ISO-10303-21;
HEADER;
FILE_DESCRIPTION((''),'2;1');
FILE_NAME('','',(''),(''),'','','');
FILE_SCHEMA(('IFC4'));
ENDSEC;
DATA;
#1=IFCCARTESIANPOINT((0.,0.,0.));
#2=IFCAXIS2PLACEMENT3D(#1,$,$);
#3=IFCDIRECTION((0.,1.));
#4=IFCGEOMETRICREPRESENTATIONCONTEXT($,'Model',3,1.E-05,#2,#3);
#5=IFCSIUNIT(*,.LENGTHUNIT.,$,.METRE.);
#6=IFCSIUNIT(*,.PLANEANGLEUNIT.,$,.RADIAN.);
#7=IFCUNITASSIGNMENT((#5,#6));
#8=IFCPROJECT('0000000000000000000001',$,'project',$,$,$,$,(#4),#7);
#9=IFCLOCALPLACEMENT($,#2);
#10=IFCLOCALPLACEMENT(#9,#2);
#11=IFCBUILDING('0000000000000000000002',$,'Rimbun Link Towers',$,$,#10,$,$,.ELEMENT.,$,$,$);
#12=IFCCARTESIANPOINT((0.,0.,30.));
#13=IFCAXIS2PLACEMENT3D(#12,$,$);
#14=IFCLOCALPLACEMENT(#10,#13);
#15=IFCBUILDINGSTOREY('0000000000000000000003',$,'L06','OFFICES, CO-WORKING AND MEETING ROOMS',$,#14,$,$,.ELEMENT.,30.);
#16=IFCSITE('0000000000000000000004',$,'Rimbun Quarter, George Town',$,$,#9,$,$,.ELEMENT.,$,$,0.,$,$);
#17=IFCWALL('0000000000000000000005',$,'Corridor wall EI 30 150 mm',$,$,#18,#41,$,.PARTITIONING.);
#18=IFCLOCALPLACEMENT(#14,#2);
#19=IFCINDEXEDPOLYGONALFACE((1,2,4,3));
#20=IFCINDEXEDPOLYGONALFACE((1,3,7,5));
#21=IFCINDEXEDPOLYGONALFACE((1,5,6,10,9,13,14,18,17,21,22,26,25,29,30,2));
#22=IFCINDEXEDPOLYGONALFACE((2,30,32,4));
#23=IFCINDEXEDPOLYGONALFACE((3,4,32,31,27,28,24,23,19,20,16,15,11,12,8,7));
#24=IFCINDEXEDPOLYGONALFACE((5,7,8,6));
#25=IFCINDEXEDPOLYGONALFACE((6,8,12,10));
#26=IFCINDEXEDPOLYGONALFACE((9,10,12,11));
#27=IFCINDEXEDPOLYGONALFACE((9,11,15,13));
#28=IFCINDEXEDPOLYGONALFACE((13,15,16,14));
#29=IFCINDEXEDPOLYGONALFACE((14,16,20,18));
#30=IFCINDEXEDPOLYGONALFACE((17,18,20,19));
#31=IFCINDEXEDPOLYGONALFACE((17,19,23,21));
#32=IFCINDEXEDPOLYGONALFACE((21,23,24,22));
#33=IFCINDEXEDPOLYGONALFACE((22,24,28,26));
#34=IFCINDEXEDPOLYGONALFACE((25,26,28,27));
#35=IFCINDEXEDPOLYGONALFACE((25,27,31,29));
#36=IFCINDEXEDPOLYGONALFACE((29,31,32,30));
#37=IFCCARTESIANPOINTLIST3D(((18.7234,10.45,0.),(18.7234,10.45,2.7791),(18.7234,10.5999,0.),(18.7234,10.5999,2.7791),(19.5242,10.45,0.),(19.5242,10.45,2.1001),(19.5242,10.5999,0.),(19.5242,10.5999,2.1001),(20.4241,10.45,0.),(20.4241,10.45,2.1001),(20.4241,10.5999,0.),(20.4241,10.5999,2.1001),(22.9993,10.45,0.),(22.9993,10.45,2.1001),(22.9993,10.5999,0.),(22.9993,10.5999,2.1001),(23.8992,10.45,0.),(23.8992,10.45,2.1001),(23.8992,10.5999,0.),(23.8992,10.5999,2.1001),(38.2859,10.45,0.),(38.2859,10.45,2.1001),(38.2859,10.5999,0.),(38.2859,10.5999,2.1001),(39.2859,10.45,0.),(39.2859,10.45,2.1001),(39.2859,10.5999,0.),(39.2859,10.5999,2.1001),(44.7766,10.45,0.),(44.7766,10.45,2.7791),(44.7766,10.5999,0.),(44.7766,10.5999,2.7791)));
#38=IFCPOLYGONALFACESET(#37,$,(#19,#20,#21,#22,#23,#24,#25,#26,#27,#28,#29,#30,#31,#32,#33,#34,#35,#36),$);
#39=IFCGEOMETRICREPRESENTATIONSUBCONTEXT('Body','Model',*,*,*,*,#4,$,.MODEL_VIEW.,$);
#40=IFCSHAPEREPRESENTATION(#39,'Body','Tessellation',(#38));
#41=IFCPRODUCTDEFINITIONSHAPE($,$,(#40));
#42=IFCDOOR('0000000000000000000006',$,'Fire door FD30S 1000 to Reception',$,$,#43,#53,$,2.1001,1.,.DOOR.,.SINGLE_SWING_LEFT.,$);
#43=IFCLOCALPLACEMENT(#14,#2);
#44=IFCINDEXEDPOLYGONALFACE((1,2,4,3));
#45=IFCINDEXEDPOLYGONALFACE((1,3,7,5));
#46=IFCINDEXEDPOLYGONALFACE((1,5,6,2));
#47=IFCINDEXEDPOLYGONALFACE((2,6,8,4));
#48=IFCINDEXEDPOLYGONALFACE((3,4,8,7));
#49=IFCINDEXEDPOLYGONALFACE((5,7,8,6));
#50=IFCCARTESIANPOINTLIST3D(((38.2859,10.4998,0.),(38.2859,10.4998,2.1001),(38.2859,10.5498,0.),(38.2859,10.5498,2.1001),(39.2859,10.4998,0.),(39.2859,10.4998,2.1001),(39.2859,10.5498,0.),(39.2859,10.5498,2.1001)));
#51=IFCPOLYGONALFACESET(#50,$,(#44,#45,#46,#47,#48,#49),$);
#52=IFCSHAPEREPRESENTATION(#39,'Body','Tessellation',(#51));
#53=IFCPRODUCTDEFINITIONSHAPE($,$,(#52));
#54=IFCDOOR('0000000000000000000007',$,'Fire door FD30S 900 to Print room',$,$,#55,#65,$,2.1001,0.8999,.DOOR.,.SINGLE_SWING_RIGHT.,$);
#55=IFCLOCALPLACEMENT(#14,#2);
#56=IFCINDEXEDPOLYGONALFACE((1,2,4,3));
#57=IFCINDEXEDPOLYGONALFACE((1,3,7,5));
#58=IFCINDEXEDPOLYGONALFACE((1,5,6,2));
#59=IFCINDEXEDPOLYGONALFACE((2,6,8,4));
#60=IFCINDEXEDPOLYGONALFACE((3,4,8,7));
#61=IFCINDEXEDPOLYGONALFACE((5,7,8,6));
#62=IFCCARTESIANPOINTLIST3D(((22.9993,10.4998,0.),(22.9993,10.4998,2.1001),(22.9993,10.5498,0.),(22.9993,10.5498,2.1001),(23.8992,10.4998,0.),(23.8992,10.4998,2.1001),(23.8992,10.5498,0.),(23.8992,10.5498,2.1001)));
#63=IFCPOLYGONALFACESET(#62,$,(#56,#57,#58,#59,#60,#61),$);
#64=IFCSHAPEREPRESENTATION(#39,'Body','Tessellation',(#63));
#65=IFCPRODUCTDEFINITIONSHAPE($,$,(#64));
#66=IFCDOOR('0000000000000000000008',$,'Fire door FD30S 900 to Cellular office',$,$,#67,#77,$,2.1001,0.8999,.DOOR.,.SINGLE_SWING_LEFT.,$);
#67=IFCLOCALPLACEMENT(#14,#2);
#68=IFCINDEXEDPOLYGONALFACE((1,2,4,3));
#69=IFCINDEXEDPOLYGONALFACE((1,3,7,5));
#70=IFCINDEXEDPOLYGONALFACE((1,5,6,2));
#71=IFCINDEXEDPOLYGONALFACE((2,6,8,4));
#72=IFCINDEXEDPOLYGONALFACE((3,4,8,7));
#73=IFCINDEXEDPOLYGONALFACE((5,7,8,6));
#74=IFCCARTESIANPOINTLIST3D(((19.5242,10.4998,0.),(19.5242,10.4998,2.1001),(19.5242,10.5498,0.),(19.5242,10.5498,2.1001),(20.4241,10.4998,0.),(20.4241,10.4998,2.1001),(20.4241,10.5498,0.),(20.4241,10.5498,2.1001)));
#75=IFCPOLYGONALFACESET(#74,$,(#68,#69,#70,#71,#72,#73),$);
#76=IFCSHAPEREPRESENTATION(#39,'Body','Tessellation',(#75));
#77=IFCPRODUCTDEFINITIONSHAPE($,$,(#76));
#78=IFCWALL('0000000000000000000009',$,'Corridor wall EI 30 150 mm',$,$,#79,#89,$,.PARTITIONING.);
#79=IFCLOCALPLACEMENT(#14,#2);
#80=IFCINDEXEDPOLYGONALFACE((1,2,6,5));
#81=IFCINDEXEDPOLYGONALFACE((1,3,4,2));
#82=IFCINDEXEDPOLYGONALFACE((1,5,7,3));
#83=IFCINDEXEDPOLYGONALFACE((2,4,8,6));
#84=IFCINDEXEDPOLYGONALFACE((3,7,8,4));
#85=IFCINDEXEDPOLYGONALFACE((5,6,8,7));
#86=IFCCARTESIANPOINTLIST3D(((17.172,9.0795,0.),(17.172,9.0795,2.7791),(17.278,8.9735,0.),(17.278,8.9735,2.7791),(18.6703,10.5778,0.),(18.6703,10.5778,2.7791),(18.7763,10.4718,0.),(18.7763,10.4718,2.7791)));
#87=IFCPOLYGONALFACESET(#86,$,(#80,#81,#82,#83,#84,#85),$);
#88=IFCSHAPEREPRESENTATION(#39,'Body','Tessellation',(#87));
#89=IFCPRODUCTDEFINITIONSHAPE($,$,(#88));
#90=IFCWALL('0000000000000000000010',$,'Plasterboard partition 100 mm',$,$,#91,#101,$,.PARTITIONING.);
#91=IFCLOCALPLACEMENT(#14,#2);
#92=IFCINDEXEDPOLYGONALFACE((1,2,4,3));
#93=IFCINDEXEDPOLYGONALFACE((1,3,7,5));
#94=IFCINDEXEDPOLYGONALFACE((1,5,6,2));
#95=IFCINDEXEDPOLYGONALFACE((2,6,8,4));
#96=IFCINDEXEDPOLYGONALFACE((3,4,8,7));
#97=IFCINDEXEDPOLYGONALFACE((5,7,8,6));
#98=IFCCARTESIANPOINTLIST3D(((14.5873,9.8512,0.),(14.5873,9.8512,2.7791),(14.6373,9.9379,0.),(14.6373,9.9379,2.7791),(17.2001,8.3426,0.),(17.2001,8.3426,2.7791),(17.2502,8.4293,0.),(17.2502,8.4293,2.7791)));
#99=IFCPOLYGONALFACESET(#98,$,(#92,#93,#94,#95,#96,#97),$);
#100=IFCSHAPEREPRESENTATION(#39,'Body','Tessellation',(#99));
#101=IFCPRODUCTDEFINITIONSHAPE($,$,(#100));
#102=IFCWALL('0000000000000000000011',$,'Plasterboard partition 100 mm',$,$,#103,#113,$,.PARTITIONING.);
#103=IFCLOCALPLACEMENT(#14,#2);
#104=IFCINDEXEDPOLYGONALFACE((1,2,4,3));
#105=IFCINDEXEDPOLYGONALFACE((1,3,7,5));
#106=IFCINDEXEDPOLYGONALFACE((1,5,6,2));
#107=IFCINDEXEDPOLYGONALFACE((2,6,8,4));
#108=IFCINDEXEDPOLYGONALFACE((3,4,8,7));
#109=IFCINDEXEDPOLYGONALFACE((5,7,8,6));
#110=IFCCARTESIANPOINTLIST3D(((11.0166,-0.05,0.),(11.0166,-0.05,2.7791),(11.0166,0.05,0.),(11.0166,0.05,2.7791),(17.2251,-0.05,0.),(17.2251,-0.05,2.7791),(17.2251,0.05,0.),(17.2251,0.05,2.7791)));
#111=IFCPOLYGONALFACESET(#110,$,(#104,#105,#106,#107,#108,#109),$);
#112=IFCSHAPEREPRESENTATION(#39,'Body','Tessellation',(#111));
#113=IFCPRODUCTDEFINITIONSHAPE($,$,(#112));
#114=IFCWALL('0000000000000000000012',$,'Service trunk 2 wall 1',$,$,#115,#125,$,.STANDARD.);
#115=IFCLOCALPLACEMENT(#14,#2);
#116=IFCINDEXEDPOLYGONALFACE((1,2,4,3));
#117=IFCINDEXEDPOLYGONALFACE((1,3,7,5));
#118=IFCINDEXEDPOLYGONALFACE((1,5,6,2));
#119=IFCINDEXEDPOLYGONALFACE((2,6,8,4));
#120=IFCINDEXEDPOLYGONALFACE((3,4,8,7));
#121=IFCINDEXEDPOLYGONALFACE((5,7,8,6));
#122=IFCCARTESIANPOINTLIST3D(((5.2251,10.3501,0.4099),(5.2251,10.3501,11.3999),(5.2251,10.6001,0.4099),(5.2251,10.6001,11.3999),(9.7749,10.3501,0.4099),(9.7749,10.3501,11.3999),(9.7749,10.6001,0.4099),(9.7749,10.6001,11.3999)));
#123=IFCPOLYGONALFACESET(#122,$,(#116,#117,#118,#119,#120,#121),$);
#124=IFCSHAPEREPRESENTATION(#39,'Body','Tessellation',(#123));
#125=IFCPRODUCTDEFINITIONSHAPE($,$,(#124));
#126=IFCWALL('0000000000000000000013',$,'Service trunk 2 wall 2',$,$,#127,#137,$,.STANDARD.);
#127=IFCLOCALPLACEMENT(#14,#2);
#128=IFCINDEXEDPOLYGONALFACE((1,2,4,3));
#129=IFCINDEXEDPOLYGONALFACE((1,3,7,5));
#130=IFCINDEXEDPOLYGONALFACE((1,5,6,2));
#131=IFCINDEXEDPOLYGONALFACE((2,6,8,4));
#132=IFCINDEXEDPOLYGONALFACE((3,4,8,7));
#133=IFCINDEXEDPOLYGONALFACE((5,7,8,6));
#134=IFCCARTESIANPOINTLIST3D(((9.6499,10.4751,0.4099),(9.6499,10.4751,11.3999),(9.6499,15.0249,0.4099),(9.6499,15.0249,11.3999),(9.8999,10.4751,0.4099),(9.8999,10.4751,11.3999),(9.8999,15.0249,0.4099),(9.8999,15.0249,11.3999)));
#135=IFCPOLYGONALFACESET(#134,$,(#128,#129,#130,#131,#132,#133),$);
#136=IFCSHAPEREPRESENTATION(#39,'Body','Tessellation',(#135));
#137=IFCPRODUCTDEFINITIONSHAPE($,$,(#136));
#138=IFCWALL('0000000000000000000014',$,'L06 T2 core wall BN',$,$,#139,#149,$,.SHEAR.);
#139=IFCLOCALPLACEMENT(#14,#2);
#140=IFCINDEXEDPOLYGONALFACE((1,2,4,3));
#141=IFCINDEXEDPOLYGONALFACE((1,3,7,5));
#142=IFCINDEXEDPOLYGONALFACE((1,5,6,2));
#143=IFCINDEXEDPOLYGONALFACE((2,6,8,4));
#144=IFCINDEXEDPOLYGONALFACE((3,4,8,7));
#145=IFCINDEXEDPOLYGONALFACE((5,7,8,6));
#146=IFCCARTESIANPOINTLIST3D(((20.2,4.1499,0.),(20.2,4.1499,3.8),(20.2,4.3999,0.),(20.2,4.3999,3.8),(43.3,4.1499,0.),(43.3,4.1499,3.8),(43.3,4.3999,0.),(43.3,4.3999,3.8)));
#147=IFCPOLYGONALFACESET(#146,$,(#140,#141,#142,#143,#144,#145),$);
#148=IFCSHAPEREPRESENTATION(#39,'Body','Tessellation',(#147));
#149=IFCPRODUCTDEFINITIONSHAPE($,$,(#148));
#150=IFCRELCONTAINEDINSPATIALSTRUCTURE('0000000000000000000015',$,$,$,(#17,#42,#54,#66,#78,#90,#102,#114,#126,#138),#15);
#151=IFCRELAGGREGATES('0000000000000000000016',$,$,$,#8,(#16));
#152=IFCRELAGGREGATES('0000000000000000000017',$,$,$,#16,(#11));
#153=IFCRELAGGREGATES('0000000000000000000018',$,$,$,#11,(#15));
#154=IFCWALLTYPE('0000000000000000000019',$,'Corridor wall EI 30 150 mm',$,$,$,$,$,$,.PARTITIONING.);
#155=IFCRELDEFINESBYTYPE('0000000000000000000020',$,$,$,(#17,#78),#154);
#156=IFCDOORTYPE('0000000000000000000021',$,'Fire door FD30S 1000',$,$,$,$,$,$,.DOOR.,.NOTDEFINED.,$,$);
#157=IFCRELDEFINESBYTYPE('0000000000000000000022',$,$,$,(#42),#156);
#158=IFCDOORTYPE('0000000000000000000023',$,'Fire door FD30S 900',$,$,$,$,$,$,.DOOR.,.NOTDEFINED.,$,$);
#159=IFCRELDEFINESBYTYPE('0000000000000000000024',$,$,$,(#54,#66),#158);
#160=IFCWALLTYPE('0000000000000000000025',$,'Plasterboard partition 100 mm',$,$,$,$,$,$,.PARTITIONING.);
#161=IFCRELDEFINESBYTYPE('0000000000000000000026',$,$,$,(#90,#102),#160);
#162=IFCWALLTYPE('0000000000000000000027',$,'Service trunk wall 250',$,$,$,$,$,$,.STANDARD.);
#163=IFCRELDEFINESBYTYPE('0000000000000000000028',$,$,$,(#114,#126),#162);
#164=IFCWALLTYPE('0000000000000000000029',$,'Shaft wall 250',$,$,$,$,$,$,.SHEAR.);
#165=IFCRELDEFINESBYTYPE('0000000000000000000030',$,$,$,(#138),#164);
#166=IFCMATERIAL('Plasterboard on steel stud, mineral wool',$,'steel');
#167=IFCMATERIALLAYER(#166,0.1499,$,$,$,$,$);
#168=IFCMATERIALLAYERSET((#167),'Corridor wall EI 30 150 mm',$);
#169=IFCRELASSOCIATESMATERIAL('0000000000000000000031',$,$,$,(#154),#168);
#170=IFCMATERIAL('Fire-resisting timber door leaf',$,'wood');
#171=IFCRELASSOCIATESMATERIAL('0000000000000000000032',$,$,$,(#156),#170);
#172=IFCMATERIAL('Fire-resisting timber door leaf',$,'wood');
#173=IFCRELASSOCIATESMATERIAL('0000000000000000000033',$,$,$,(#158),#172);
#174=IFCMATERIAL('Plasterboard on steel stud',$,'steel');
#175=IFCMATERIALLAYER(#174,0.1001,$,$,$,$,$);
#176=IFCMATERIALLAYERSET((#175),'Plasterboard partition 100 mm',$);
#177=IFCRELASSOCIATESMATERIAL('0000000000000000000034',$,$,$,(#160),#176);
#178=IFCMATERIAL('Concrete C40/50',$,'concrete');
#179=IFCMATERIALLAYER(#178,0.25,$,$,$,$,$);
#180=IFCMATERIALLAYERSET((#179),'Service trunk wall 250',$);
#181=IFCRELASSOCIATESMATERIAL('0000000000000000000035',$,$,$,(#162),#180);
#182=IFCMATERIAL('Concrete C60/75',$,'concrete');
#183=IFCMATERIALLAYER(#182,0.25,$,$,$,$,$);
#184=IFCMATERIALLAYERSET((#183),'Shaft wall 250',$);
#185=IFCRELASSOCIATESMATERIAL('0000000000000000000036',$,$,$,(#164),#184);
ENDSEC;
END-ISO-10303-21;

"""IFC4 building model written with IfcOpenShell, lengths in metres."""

from ifc_helpers import new_model, si_unit, direction, frame, frame_2d, origin, place, context, subcontext, project, spatial, rectangle, extrude, material, layer, layer_set, type_object, element, fill, save


model = new_model("IFC4")

# Units and contexts
model_context = context("Model", 3, precision=1e-05, world=origin(), true_north=direction((0.0, 1.0)))
body_context = subcontext(model_context, "Body", "Model", "MODEL_VIEW")
ifc_project = project(units=[si_unit("LENGTHUNIT", "METRE"), si_unit("PLANEANGLEUNIT", "RADIAN")], contexts=[model_context])

# Site, building, storey
site_placement = place(None, origin())
site = spatial("IfcSite", under=ifc_project, at=site_placement, Name="Rimbun Quarter, George Town", CompositionType="ELEMENT", RefElevation=0.0)
building_placement = place(site_placement, origin())
building = spatial("IfcBuilding", under=site, at=building_placement, Name="Rimbun Link Towers", CompositionType="ELEMENT")
storey_placement = place(building_placement, frame((0.0, 0.0, 30.0)))
storey = spatial("IfcBuildingStorey", under=building, at=storey_placement, Name="L06", Description="OFFICES, CO-WORKING AND MEETING ROOMS", CompositionType="ELEMENT", Elevation=30.0)

# Wall, openings, doors
ifc_material_1 = material(Name="Plasterboard on steel stud, mineral wool", Category="steel")
ifc_layer_1 = layer(ifc_material_1, 0.1499)
ifc_layer_set_1 = layer_set([ifc_layer_1], Name="Corridor wall EI 30 150 mm")
wall_type_1 = type_object("IfcWallType", Name="Corridor wall EI 30 150 mm", PredefinedType="PARTITIONING", material=ifc_layer_set_1)
wall_1_placement = place(storey_placement, frame((18.7234, 10.5249, 0.0), z_axis=(0.0, 0.0, 1.0), x_axis=(1.0, 0.0, 0.0)))
wall_1 = element("IfcWall", 1, at=wall_1_placement, inside=storey, type_object=wall_type_1, Name="Corridor wall EI 30 150 mm", PredefinedType="PARTITIONING", context=body_context, shape_type="SweptSolid", body=[
    extrude(rectangle(XDim=26.0532, YDim=0.1499, at=frame_2d((13.0266, 0.0))), origin(), (0.0, 0.0, 1.0), 2.7791),
])
opening_1_placement = place(wall_1_placement, frame((19.5625, 0.0, 0.0)))
opening_1 = element("IfcOpeningElement", 2, at=opening_1_placement, cuts=wall_1, PredefinedType="OPENING", context=body_context, shape_type="SweptSolid", body=[
    extrude(rectangle(XDim=1.0, YDim=2.1001, at=frame_2d((0.5, 1.05))), frame((0.0, 0.085, 0.0), z_axis=(0.0, -1.0, 0.0), x_axis=(1.0, 0.0, 0.0)), (0.0, 0.0, 1.0), 0.1699),
])
opening_2_placement = place(wall_1_placement, frame((4.2759, 0.0, 0.0)))
opening_2 = element("IfcOpeningElement", 3, at=opening_2_placement, cuts=wall_1, PredefinedType="OPENING", context=body_context, shape_type="SweptSolid", body=[
    extrude(rectangle(XDim=0.8999, YDim=2.1001, at=frame_2d((0.45, 1.05))), frame((0.0, 0.085, 0.0), z_axis=(0.0, -1.0, 0.0), x_axis=(1.0, 0.0, 0.0)), (0.0, 0.0, 1.0), 0.1699),
])
opening_3_placement = place(wall_1_placement, frame((0.8008, 0.0, 0.0)))
opening_3 = element("IfcOpeningElement", 4, at=opening_3_placement, cuts=wall_1, PredefinedType="OPENING", context=body_context, shape_type="SweptSolid", body=[
    extrude(rectangle(XDim=0.8999, YDim=2.1001, at=frame_2d((0.45, 1.05))), frame((0.0, 0.085, 0.0), z_axis=(0.0, -1.0, 0.0), x_axis=(1.0, 0.0, 0.0)), (0.0, 0.0, 1.0), 0.1699),
])
ifc_material_2 = material(Name="Fire-resisting timber door leaf", Category="wood")
door_type_1 = type_object("IfcDoorType", Name="Fire door FD30S 1000", OperationType="NOTDEFINED", PredefinedType="DOOR", material=ifc_material_2)
door_1_placement = place(opening_1_placement, origin())
door_1 = element("IfcDoor", 5, at=door_1_placement, inside=storey, type_object=door_type_1, Name="Fire door FD30S 1000 to Reception", OperationType="SINGLE_SWING_LEFT", OverallHeight=2.1001, OverallWidth=1.0, PredefinedType="DOOR", context=body_context, shape_type="SweptSolid", body=[
    extrude(rectangle(XDim=1.0, YDim=2.1001, at=frame_2d((0.5, 1.05))), frame((0.0, 0.0249, 0.0), z_axis=(0.0, -1.0, 0.0), x_axis=(1.0, 0.0, 0.0)), (0.0, 0.0, 1.0), 0.05),
])
fill(opening_1, door_1)
ifc_material_3 = material(Name="Fire-resisting timber door leaf", Category="wood")
door_type_2 = type_object("IfcDoorType", Name="Fire door FD30S 900", OperationType="NOTDEFINED", PredefinedType="DOOR", material=ifc_material_3)
door_2_placement = place(opening_2_placement, origin())
door_2 = element("IfcDoor", 6, at=door_2_placement, inside=storey, type_object=door_type_2, Name="Fire door FD30S 900 to Print room", OperationType="SINGLE_SWING_RIGHT", OverallHeight=2.1001, OverallWidth=0.8999, PredefinedType="DOOR", context=body_context, shape_type="SweptSolid", body=[
    extrude(rectangle(XDim=0.8999, YDim=2.1001, at=frame_2d((0.45, 1.05))), frame((0.0, 0.0249, 0.0), z_axis=(0.0, -1.0, 0.0), x_axis=(1.0, 0.0, 0.0)), (0.0, 0.0, 1.0), 0.05),
])
fill(opening_2, door_2)
door_3_placement = place(opening_3_placement, origin())
door_3 = element("IfcDoor", 7, at=door_3_placement, inside=storey, type_object=door_type_2, Name="Fire door FD30S 900 to Cellular office", OperationType="SINGLE_SWING_LEFT", OverallHeight=2.1001, OverallWidth=0.8999, PredefinedType="DOOR", context=body_context, shape_type="SweptSolid", body=[
    extrude(rectangle(XDim=0.8999, YDim=2.1001, at=frame_2d((0.45, 1.05))), frame((0.0, 0.0249, 0.0), z_axis=(0.0, -1.0, 0.0), x_axis=(1.0, 0.0, 0.0)), (0.0, 0.0, 1.0), 0.05),
])
fill(opening_3, door_3)

# Walls
wall_2_placement = place(storey_placement, frame((18.7234, 10.5249, 0.0), z_axis=(0.0, 0.0, 1.0), x_axis=(-0.707107, -0.707107, 0.0)))
element("IfcWall", 8, at=wall_2_placement, inside=storey, type_object=wall_type_1, Name="Corridor wall EI 30 150 mm", PredefinedType="PARTITIONING", context=body_context, shape_type="SweptSolid", body=[
    extrude(rectangle(XDim=2.1189, YDim=0.1499, at=frame_2d((1.0596, 0.0))), origin(), (0.0, 0.0, 1.0), 2.7791),
])
ifc_material_4 = material(Name="Plasterboard on steel stud", Category="steel")
ifc_layer_2 = layer(ifc_material_4, 0.1001)
ifc_layer_set_2 = layer_set([ifc_layer_2], Name="Plasterboard partition 100 mm")
wall_type_2 = type_object("IfcWallType", Name="Plasterboard partition 100 mm", PredefinedType="PARTITIONING", material=ifc_layer_set_2)
wall_3_placement = place(storey_placement, frame((14.6123, 9.8945, 0.0), z_axis=(0.0, 0.0, 1.0), x_axis=(0.866018, -0.500012, 0.0)))
element("IfcWall", 9, at=wall_3_placement, inside=storey, type_object=wall_type_2, Name="Plasterboard partition 100 mm", PredefinedType="PARTITIONING", context=body_context, shape_type="SweptSolid", body=[
    extrude(rectangle(XDim=3.0171, YDim=0.1001, at=frame_2d((1.5085, 0.0))), origin(), (0.0, 0.0, 1.0), 2.7791),
])
wall_4_placement = place(storey_placement, frame((11.0166, 0.0, 0.0), z_axis=(0.0, 0.0, 1.0), x_axis=(1.0, 0.0, 0.0)))
element("IfcWall", 10, at=wall_4_placement, inside=storey, type_object=wall_type_2, Name="Plasterboard partition 100 mm", PredefinedType="PARTITIONING", context=body_context, shape_type="SweptSolid", body=[
    extrude(rectangle(XDim=6.2085, YDim=0.1001, at=frame_2d((3.1042, 0.0))), origin(), (0.0, 0.0, 1.0), 2.7791),
])
ifc_material_5 = material(Name="Concrete C40/50", Category="concrete")
ifc_layer_3 = layer(ifc_material_5, 0.25)
ifc_layer_set_3 = layer_set([ifc_layer_3], Name="Service trunk wall 250")
wall_type_3 = type_object("IfcWallType", Name="Service trunk wall 250", PredefinedType="STANDARD", material=ifc_layer_set_3)
for number, where, z_axis, x_axis, name in (
    (11, (5.2251, 10.4751, 0.4099), (0.0, 0.0, 1.0), (1.0, 0.0, 0.0), "Service trunk 2 wall 1"),
    (12, (9.7749, 10.4751, 0.4099), (0.0, 0.0, 1.0), (0.0, 1.0, 0.0), "Service trunk 2 wall 2"),
):
    element("IfcWall", number, at=place(storey_placement, frame(where, z_axis=z_axis, x_axis=x_axis)), inside=storey, type_object=wall_type_3, Name=name, PredefinedType="STANDARD", context=body_context, shape_type="SweptSolid", body=[
        extrude(rectangle(XDim=4.5498, YDim=0.25, at=frame_2d((2.2749, 0.0))), origin(), (0.0, 0.0, 1.0), 10.99),
    ])
ifc_material_6 = material(Name="Concrete C60/75", Category="concrete")
ifc_layer_4 = layer(ifc_material_6, 0.25)
ifc_layer_set_4 = layer_set([ifc_layer_4], Name="Shaft wall 250")
wall_type_4 = type_object("IfcWallType", Name="Shaft wall 250", PredefinedType="SHEAR", material=ifc_layer_set_4)
wall_5_placement = place(storey_placement, frame((20.2, 4.2749, 0.0), z_axis=(0.0, 0.0, 1.0), x_axis=(1.0, 0.0, 0.0)))
element("IfcWall", 13, at=wall_5_placement, inside=storey, type_object=wall_type_4, Name="L06 T2 core wall BN", PredefinedType="SHEAR", context=body_context, shape_type="SweptSolid", body=[
    extrude(rectangle(XDim=23.1001, YDim=0.25, at=frame_2d((11.55, 0.0))), origin(), (0.0, 0.0, 1.0), 3.8),
])

save(model, "model.ifc")
